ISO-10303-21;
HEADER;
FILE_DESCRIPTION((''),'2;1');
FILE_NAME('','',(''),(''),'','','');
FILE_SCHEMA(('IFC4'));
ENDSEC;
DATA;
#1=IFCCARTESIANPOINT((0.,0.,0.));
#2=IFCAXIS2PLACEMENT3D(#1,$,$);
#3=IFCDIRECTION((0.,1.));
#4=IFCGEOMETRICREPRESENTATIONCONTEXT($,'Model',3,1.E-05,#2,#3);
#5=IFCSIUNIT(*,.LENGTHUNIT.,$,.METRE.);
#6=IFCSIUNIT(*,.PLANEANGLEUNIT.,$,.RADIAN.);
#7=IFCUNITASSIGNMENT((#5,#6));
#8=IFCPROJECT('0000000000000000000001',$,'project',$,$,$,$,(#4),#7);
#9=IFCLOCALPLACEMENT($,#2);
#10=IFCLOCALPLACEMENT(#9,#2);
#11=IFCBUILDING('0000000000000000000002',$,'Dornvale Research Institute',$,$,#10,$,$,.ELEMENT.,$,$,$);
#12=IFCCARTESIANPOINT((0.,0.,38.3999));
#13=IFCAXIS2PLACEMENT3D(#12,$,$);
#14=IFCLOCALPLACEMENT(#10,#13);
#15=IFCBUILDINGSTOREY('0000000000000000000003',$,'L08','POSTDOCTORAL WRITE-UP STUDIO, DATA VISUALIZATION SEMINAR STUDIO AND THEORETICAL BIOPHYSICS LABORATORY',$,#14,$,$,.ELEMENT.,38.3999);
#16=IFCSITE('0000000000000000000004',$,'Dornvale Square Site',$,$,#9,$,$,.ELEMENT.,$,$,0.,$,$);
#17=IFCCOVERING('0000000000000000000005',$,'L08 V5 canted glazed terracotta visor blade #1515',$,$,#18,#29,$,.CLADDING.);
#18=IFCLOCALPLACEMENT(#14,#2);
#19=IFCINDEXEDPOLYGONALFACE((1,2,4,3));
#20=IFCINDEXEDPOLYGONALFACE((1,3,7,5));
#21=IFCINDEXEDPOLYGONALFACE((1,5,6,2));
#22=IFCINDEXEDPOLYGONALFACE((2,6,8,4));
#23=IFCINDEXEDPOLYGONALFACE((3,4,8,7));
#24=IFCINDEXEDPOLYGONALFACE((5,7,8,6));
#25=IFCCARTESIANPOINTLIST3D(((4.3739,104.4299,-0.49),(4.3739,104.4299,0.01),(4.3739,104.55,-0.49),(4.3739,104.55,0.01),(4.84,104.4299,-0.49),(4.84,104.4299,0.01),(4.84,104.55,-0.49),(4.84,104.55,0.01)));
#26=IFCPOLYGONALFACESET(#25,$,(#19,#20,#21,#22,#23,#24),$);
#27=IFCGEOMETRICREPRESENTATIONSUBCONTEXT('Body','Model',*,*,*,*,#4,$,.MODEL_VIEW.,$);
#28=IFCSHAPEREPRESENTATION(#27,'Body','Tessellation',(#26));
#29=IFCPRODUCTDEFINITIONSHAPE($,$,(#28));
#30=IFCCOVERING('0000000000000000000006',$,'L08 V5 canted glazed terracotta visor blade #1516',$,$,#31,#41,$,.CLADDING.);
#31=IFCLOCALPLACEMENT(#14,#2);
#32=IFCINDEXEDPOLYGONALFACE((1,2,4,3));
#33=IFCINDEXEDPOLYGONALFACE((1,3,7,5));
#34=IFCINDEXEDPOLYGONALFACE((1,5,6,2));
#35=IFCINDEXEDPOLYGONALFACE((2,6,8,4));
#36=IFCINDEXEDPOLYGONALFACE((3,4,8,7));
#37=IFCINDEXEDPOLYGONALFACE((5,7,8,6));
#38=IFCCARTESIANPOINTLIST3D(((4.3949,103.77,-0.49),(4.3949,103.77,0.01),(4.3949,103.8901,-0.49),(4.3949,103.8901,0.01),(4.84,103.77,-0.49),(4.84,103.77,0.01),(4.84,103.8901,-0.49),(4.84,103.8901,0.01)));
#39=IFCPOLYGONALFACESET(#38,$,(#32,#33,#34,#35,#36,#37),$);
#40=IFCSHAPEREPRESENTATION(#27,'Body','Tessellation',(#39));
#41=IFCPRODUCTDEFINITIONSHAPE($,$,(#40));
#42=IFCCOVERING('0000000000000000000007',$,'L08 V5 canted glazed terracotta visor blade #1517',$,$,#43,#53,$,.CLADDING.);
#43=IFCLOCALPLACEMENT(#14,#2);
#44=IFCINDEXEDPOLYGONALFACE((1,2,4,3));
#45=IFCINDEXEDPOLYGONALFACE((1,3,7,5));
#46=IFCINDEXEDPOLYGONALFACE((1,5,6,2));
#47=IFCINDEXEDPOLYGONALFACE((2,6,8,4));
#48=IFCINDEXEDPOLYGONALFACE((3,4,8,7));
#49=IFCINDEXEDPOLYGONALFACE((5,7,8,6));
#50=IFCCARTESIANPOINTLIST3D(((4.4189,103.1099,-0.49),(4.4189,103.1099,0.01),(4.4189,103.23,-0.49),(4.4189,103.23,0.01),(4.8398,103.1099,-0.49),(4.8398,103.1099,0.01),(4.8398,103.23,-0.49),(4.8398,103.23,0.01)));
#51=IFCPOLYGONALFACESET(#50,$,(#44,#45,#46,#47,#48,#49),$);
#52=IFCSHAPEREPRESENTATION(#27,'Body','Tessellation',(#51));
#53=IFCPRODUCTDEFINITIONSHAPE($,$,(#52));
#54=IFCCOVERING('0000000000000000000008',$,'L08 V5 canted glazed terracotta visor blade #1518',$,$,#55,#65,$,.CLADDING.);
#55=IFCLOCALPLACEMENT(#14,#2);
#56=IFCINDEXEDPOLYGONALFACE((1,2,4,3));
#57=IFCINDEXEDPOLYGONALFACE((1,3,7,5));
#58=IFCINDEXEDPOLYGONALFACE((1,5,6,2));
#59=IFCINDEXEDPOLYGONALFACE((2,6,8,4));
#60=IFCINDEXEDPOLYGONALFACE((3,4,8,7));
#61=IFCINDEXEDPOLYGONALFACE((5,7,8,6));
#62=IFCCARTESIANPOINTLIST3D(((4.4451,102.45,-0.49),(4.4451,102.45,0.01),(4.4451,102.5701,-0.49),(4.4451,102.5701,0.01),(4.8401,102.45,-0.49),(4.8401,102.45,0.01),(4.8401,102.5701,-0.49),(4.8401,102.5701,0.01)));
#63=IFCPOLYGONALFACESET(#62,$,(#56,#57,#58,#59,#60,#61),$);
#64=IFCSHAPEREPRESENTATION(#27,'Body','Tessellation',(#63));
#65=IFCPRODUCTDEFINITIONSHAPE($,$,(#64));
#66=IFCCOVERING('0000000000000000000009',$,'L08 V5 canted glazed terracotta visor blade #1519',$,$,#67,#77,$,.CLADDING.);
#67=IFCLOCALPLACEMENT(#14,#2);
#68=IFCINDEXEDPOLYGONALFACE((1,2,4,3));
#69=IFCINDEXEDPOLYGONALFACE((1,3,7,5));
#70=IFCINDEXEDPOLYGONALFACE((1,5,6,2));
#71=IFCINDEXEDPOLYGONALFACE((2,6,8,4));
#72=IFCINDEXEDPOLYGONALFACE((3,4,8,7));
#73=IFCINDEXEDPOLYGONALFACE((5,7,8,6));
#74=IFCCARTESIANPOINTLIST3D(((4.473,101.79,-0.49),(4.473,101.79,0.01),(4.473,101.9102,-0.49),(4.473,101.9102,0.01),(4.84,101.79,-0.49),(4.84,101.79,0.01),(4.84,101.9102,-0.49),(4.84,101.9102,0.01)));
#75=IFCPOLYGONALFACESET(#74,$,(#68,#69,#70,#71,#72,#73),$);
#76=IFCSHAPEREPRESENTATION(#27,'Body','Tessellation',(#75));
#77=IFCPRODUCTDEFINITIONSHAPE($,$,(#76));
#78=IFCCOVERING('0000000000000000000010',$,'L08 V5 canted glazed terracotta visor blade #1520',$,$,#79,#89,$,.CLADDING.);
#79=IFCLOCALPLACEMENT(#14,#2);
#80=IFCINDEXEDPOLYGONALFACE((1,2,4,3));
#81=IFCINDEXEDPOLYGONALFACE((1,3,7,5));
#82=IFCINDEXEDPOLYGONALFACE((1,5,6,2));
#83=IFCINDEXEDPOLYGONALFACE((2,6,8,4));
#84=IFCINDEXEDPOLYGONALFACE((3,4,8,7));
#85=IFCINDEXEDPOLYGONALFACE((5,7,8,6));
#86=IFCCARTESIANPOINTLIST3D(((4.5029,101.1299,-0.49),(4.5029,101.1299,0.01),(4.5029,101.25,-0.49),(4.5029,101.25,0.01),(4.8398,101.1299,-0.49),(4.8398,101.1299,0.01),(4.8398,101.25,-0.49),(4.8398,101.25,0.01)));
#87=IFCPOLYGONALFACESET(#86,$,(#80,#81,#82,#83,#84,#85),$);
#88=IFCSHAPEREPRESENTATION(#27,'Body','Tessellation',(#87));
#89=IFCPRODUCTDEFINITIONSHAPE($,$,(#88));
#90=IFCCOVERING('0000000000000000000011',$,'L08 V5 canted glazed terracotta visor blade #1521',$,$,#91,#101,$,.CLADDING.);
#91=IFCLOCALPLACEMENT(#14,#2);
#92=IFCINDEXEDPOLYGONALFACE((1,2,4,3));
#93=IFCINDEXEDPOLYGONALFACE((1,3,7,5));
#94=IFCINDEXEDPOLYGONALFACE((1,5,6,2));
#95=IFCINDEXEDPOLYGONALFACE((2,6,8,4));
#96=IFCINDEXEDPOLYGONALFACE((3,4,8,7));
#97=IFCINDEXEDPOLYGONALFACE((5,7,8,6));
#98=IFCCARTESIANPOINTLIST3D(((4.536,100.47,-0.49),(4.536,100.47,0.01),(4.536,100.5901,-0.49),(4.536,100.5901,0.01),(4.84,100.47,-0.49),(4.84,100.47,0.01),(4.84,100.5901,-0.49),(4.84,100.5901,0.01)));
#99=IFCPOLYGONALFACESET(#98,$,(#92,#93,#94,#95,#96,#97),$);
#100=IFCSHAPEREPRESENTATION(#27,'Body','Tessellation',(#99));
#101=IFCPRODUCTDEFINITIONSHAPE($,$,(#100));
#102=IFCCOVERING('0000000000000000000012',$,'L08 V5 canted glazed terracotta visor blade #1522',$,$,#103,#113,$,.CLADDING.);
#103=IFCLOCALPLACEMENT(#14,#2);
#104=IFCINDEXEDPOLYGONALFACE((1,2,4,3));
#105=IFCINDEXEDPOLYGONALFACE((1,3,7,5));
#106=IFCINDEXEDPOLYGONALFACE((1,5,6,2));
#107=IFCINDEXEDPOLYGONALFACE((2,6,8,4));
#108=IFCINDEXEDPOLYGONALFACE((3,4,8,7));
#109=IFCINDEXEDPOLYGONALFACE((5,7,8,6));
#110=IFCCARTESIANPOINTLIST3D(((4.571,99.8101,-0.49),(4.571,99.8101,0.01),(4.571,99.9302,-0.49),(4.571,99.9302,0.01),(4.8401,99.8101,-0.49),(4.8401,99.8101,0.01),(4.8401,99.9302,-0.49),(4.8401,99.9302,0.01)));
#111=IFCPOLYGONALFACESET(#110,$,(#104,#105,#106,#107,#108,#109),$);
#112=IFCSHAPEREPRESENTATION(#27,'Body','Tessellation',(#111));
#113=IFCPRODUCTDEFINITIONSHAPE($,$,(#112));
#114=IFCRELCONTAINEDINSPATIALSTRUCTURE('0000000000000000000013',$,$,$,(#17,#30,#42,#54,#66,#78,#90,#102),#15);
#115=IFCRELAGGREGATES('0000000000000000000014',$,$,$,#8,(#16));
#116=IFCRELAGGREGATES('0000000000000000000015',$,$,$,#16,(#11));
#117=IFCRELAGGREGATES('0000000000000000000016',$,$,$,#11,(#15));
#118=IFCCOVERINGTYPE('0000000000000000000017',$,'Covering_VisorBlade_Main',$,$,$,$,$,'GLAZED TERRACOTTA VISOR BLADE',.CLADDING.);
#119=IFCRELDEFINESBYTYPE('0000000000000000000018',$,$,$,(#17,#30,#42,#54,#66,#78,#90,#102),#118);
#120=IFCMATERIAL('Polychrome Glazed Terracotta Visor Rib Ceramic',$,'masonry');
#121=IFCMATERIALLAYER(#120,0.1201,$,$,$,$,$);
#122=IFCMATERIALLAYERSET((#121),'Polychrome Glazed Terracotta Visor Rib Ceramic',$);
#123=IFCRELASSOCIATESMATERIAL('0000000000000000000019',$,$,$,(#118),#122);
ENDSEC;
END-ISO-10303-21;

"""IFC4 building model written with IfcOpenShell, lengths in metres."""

from ifc_helpers import new_model, si_unit, direction, frame, origin, origin_2d, place, context, subcontext, project, spatial, rectangle, extrude, material, layer, layer_set, type_object, element, save


model = new_model("IFC4")

# Units and contexts
model_context = context("Model", 3, precision=1e-05, world=origin(), true_north=direction((0.0, 1.0)))
body_context = subcontext(model_context, "Body", "Model", "MODEL_VIEW")
ifc_project = project(units=[si_unit("LENGTHUNIT", "METRE"), si_unit("PLANEANGLEUNIT", "RADIAN")], contexts=[model_context])

# Site, building, storey
site_placement = place(None, origin())
site = spatial("IfcSite", under=ifc_project, at=site_placement, Name="Dornvale Square Site", CompositionType="ELEMENT", RefElevation=0.0)
building_placement = place(site_placement, origin())
building = spatial("IfcBuilding", under=site, at=building_placement, Name="Dornvale Research Institute", CompositionType="ELEMENT")
storey_placement = place(building_placement, frame((0.0, 0.0, 38.3999)))
storey = spatial("IfcBuildingStorey", under=building, at=storey_placement, Name="L08", Description="POSTDOCTORAL WRITE-UP STUDIO, DATA VISUALIZATION SEMINAR STUDIO AND THEORETICAL BIOPHYSICS LABORATORY", CompositionType="ELEMENT", Elevation=38.3999)

# Coverings
ifc_material_1 = material(Name="Polychrome Glazed Terracotta Visor Rib Ceramic", Category="masonry")
ifc_layer_1 = layer(ifc_material_1, 0.1201)
ifc_layer_set_1 = layer_set([ifc_layer_1], Name="Polychrome Glazed Terracotta Visor Rib Ceramic")
covering_type = type_object("IfcCoveringType", Name="Covering_VisorBlade_Main", ElementType="GLAZED TERRACOTTA VISOR BLADE", PredefinedType="CLADDING", material=ifc_layer_set_1)
covering_1_placement = place(storey_placement, frame((4.6069, 104.49, -0.49), z_axis=(0.0, 0.0, 1.0), x_axis=(1.0, 0.0, 0.0)))
element("IfcCovering", 1, at=covering_1_placement, inside=storey, type_object=covering_type, Name="L08 V5 canted glazed terracotta visor blade #1515", PredefinedType="CLADDING", context=body_context, shape_type="SweptSolid", body=[
    extrude(rectangle(XDim=0.4661, YDim=0.1201, at=origin_2d()), origin(), (0.0, 0.0, 1.0), 0.5),
])
covering_2_placement = place(storey_placement, frame((4.6174, 103.8301, -0.49), z_axis=(0.0, 0.0, 1.0), x_axis=(1.0, 0.0, 0.0)))
element("IfcCovering", 2, at=covering_2_placement, inside=storey, type_object=covering_type, Name="L08 V5 canted glazed terracotta visor blade #1516", PredefinedType="CLADDING", context=body_context, shape_type="SweptSolid", body=[
    extrude(rectangle(XDim=0.4451, YDim=0.1201, at=origin_2d()), origin(), (0.0, 0.0, 1.0), 0.5),
])
covering_3_placement = place(storey_placement, frame((4.6294, 103.1699, -0.49), z_axis=(0.0, 0.0, 1.0), x_axis=(1.0, 0.0, 0.0)))
element("IfcCovering", 3, at=covering_3_placement, inside=storey, type_object=covering_type, Name="L08 V5 canted glazed terracotta visor blade #1517", PredefinedType="CLADDING", context=body_context, shape_type="SweptSolid", body=[
    extrude(rectangle(XDim=0.4209, YDim=0.1201, at=origin_2d()), origin(), (0.0, 0.0, 1.0), 0.5),
])
covering_4_placement = place(storey_placement, frame((4.6426, 102.51, -0.49), z_axis=(0.0, 0.0, 1.0), x_axis=(1.0, 0.0, 0.0)))
element("IfcCovering", 4, at=covering_4_placement, inside=storey, type_object=covering_type, Name="L08 V5 canted glazed terracotta visor blade #1518", PredefinedType="CLADDING", context=body_context, shape_type="SweptSolid", body=[
    extrude(rectangle(XDim=0.395, YDim=0.1201, at=origin_2d()), origin(), (0.0, 0.0, 1.0), 0.5),
])
covering_5_placement = place(storey_placement, frame((4.6565, 101.8501, -0.49), z_axis=(0.0, 0.0, 1.0), x_axis=(1.0, 0.0, 0.0)))
element("IfcCovering", 5, at=covering_5_placement, inside=storey, type_object=covering_type, Name="L08 V5 canted glazed terracotta visor blade #1519", PredefinedType="CLADDING", context=body_context, shape_type="SweptSolid", body=[
    extrude(rectangle(XDim=0.3669, YDim=0.1201, at=origin_2d()), origin(), (0.0, 0.0, 1.0), 0.5),
])
covering_6_placement = place(storey_placement, frame((4.6714, 101.1899, -0.49), z_axis=(0.0, 0.0, 1.0), x_axis=(1.0, 0.0, 0.0)))
element("IfcCovering", 6, at=covering_6_placement, inside=storey, type_object=covering_type, Name="L08 V5 canted glazed terracotta visor blade #1520", PredefinedType="CLADDING", context=body_context, shape_type="SweptSolid", body=[
    extrude(rectangle(XDim=0.3369, YDim=0.1201, at=origin_2d()), origin(), (0.0, 0.0, 1.0), 0.5),
])
covering_7_placement = place(storey_placement, frame((4.688, 100.53, -0.49), z_axis=(0.0, 0.0, 1.0), x_axis=(1.0, 0.0, 0.0)))
element("IfcCovering", 7, at=covering_7_placement, inside=storey, type_object=covering_type, Name="L08 V5 canted glazed terracotta visor blade #1521", PredefinedType="CLADDING", context=body_context, shape_type="SweptSolid", body=[
    extrude(rectangle(XDim=0.304, YDim=0.1201, at=origin_2d()), origin(), (0.0, 0.0, 1.0), 0.5),
])
covering_8_placement = place(storey_placement, frame((4.7056, 99.8701, -0.49), z_axis=(0.0, 0.0, 1.0), x_axis=(1.0, 0.0, 0.0)))
element("IfcCovering", 8, at=covering_8_placement, inside=storey, type_object=covering_type, Name="L08 V5 canted glazed terracotta visor blade #1522", PredefinedType="CLADDING", context=body_context, shape_type="SweptSolid", body=[
    extrude(rectangle(XDim=0.269, YDim=0.1201, at=origin_2d()), origin(), (0.0, 0.0, 1.0), 0.5),
])

save(model, "model.ifc")
